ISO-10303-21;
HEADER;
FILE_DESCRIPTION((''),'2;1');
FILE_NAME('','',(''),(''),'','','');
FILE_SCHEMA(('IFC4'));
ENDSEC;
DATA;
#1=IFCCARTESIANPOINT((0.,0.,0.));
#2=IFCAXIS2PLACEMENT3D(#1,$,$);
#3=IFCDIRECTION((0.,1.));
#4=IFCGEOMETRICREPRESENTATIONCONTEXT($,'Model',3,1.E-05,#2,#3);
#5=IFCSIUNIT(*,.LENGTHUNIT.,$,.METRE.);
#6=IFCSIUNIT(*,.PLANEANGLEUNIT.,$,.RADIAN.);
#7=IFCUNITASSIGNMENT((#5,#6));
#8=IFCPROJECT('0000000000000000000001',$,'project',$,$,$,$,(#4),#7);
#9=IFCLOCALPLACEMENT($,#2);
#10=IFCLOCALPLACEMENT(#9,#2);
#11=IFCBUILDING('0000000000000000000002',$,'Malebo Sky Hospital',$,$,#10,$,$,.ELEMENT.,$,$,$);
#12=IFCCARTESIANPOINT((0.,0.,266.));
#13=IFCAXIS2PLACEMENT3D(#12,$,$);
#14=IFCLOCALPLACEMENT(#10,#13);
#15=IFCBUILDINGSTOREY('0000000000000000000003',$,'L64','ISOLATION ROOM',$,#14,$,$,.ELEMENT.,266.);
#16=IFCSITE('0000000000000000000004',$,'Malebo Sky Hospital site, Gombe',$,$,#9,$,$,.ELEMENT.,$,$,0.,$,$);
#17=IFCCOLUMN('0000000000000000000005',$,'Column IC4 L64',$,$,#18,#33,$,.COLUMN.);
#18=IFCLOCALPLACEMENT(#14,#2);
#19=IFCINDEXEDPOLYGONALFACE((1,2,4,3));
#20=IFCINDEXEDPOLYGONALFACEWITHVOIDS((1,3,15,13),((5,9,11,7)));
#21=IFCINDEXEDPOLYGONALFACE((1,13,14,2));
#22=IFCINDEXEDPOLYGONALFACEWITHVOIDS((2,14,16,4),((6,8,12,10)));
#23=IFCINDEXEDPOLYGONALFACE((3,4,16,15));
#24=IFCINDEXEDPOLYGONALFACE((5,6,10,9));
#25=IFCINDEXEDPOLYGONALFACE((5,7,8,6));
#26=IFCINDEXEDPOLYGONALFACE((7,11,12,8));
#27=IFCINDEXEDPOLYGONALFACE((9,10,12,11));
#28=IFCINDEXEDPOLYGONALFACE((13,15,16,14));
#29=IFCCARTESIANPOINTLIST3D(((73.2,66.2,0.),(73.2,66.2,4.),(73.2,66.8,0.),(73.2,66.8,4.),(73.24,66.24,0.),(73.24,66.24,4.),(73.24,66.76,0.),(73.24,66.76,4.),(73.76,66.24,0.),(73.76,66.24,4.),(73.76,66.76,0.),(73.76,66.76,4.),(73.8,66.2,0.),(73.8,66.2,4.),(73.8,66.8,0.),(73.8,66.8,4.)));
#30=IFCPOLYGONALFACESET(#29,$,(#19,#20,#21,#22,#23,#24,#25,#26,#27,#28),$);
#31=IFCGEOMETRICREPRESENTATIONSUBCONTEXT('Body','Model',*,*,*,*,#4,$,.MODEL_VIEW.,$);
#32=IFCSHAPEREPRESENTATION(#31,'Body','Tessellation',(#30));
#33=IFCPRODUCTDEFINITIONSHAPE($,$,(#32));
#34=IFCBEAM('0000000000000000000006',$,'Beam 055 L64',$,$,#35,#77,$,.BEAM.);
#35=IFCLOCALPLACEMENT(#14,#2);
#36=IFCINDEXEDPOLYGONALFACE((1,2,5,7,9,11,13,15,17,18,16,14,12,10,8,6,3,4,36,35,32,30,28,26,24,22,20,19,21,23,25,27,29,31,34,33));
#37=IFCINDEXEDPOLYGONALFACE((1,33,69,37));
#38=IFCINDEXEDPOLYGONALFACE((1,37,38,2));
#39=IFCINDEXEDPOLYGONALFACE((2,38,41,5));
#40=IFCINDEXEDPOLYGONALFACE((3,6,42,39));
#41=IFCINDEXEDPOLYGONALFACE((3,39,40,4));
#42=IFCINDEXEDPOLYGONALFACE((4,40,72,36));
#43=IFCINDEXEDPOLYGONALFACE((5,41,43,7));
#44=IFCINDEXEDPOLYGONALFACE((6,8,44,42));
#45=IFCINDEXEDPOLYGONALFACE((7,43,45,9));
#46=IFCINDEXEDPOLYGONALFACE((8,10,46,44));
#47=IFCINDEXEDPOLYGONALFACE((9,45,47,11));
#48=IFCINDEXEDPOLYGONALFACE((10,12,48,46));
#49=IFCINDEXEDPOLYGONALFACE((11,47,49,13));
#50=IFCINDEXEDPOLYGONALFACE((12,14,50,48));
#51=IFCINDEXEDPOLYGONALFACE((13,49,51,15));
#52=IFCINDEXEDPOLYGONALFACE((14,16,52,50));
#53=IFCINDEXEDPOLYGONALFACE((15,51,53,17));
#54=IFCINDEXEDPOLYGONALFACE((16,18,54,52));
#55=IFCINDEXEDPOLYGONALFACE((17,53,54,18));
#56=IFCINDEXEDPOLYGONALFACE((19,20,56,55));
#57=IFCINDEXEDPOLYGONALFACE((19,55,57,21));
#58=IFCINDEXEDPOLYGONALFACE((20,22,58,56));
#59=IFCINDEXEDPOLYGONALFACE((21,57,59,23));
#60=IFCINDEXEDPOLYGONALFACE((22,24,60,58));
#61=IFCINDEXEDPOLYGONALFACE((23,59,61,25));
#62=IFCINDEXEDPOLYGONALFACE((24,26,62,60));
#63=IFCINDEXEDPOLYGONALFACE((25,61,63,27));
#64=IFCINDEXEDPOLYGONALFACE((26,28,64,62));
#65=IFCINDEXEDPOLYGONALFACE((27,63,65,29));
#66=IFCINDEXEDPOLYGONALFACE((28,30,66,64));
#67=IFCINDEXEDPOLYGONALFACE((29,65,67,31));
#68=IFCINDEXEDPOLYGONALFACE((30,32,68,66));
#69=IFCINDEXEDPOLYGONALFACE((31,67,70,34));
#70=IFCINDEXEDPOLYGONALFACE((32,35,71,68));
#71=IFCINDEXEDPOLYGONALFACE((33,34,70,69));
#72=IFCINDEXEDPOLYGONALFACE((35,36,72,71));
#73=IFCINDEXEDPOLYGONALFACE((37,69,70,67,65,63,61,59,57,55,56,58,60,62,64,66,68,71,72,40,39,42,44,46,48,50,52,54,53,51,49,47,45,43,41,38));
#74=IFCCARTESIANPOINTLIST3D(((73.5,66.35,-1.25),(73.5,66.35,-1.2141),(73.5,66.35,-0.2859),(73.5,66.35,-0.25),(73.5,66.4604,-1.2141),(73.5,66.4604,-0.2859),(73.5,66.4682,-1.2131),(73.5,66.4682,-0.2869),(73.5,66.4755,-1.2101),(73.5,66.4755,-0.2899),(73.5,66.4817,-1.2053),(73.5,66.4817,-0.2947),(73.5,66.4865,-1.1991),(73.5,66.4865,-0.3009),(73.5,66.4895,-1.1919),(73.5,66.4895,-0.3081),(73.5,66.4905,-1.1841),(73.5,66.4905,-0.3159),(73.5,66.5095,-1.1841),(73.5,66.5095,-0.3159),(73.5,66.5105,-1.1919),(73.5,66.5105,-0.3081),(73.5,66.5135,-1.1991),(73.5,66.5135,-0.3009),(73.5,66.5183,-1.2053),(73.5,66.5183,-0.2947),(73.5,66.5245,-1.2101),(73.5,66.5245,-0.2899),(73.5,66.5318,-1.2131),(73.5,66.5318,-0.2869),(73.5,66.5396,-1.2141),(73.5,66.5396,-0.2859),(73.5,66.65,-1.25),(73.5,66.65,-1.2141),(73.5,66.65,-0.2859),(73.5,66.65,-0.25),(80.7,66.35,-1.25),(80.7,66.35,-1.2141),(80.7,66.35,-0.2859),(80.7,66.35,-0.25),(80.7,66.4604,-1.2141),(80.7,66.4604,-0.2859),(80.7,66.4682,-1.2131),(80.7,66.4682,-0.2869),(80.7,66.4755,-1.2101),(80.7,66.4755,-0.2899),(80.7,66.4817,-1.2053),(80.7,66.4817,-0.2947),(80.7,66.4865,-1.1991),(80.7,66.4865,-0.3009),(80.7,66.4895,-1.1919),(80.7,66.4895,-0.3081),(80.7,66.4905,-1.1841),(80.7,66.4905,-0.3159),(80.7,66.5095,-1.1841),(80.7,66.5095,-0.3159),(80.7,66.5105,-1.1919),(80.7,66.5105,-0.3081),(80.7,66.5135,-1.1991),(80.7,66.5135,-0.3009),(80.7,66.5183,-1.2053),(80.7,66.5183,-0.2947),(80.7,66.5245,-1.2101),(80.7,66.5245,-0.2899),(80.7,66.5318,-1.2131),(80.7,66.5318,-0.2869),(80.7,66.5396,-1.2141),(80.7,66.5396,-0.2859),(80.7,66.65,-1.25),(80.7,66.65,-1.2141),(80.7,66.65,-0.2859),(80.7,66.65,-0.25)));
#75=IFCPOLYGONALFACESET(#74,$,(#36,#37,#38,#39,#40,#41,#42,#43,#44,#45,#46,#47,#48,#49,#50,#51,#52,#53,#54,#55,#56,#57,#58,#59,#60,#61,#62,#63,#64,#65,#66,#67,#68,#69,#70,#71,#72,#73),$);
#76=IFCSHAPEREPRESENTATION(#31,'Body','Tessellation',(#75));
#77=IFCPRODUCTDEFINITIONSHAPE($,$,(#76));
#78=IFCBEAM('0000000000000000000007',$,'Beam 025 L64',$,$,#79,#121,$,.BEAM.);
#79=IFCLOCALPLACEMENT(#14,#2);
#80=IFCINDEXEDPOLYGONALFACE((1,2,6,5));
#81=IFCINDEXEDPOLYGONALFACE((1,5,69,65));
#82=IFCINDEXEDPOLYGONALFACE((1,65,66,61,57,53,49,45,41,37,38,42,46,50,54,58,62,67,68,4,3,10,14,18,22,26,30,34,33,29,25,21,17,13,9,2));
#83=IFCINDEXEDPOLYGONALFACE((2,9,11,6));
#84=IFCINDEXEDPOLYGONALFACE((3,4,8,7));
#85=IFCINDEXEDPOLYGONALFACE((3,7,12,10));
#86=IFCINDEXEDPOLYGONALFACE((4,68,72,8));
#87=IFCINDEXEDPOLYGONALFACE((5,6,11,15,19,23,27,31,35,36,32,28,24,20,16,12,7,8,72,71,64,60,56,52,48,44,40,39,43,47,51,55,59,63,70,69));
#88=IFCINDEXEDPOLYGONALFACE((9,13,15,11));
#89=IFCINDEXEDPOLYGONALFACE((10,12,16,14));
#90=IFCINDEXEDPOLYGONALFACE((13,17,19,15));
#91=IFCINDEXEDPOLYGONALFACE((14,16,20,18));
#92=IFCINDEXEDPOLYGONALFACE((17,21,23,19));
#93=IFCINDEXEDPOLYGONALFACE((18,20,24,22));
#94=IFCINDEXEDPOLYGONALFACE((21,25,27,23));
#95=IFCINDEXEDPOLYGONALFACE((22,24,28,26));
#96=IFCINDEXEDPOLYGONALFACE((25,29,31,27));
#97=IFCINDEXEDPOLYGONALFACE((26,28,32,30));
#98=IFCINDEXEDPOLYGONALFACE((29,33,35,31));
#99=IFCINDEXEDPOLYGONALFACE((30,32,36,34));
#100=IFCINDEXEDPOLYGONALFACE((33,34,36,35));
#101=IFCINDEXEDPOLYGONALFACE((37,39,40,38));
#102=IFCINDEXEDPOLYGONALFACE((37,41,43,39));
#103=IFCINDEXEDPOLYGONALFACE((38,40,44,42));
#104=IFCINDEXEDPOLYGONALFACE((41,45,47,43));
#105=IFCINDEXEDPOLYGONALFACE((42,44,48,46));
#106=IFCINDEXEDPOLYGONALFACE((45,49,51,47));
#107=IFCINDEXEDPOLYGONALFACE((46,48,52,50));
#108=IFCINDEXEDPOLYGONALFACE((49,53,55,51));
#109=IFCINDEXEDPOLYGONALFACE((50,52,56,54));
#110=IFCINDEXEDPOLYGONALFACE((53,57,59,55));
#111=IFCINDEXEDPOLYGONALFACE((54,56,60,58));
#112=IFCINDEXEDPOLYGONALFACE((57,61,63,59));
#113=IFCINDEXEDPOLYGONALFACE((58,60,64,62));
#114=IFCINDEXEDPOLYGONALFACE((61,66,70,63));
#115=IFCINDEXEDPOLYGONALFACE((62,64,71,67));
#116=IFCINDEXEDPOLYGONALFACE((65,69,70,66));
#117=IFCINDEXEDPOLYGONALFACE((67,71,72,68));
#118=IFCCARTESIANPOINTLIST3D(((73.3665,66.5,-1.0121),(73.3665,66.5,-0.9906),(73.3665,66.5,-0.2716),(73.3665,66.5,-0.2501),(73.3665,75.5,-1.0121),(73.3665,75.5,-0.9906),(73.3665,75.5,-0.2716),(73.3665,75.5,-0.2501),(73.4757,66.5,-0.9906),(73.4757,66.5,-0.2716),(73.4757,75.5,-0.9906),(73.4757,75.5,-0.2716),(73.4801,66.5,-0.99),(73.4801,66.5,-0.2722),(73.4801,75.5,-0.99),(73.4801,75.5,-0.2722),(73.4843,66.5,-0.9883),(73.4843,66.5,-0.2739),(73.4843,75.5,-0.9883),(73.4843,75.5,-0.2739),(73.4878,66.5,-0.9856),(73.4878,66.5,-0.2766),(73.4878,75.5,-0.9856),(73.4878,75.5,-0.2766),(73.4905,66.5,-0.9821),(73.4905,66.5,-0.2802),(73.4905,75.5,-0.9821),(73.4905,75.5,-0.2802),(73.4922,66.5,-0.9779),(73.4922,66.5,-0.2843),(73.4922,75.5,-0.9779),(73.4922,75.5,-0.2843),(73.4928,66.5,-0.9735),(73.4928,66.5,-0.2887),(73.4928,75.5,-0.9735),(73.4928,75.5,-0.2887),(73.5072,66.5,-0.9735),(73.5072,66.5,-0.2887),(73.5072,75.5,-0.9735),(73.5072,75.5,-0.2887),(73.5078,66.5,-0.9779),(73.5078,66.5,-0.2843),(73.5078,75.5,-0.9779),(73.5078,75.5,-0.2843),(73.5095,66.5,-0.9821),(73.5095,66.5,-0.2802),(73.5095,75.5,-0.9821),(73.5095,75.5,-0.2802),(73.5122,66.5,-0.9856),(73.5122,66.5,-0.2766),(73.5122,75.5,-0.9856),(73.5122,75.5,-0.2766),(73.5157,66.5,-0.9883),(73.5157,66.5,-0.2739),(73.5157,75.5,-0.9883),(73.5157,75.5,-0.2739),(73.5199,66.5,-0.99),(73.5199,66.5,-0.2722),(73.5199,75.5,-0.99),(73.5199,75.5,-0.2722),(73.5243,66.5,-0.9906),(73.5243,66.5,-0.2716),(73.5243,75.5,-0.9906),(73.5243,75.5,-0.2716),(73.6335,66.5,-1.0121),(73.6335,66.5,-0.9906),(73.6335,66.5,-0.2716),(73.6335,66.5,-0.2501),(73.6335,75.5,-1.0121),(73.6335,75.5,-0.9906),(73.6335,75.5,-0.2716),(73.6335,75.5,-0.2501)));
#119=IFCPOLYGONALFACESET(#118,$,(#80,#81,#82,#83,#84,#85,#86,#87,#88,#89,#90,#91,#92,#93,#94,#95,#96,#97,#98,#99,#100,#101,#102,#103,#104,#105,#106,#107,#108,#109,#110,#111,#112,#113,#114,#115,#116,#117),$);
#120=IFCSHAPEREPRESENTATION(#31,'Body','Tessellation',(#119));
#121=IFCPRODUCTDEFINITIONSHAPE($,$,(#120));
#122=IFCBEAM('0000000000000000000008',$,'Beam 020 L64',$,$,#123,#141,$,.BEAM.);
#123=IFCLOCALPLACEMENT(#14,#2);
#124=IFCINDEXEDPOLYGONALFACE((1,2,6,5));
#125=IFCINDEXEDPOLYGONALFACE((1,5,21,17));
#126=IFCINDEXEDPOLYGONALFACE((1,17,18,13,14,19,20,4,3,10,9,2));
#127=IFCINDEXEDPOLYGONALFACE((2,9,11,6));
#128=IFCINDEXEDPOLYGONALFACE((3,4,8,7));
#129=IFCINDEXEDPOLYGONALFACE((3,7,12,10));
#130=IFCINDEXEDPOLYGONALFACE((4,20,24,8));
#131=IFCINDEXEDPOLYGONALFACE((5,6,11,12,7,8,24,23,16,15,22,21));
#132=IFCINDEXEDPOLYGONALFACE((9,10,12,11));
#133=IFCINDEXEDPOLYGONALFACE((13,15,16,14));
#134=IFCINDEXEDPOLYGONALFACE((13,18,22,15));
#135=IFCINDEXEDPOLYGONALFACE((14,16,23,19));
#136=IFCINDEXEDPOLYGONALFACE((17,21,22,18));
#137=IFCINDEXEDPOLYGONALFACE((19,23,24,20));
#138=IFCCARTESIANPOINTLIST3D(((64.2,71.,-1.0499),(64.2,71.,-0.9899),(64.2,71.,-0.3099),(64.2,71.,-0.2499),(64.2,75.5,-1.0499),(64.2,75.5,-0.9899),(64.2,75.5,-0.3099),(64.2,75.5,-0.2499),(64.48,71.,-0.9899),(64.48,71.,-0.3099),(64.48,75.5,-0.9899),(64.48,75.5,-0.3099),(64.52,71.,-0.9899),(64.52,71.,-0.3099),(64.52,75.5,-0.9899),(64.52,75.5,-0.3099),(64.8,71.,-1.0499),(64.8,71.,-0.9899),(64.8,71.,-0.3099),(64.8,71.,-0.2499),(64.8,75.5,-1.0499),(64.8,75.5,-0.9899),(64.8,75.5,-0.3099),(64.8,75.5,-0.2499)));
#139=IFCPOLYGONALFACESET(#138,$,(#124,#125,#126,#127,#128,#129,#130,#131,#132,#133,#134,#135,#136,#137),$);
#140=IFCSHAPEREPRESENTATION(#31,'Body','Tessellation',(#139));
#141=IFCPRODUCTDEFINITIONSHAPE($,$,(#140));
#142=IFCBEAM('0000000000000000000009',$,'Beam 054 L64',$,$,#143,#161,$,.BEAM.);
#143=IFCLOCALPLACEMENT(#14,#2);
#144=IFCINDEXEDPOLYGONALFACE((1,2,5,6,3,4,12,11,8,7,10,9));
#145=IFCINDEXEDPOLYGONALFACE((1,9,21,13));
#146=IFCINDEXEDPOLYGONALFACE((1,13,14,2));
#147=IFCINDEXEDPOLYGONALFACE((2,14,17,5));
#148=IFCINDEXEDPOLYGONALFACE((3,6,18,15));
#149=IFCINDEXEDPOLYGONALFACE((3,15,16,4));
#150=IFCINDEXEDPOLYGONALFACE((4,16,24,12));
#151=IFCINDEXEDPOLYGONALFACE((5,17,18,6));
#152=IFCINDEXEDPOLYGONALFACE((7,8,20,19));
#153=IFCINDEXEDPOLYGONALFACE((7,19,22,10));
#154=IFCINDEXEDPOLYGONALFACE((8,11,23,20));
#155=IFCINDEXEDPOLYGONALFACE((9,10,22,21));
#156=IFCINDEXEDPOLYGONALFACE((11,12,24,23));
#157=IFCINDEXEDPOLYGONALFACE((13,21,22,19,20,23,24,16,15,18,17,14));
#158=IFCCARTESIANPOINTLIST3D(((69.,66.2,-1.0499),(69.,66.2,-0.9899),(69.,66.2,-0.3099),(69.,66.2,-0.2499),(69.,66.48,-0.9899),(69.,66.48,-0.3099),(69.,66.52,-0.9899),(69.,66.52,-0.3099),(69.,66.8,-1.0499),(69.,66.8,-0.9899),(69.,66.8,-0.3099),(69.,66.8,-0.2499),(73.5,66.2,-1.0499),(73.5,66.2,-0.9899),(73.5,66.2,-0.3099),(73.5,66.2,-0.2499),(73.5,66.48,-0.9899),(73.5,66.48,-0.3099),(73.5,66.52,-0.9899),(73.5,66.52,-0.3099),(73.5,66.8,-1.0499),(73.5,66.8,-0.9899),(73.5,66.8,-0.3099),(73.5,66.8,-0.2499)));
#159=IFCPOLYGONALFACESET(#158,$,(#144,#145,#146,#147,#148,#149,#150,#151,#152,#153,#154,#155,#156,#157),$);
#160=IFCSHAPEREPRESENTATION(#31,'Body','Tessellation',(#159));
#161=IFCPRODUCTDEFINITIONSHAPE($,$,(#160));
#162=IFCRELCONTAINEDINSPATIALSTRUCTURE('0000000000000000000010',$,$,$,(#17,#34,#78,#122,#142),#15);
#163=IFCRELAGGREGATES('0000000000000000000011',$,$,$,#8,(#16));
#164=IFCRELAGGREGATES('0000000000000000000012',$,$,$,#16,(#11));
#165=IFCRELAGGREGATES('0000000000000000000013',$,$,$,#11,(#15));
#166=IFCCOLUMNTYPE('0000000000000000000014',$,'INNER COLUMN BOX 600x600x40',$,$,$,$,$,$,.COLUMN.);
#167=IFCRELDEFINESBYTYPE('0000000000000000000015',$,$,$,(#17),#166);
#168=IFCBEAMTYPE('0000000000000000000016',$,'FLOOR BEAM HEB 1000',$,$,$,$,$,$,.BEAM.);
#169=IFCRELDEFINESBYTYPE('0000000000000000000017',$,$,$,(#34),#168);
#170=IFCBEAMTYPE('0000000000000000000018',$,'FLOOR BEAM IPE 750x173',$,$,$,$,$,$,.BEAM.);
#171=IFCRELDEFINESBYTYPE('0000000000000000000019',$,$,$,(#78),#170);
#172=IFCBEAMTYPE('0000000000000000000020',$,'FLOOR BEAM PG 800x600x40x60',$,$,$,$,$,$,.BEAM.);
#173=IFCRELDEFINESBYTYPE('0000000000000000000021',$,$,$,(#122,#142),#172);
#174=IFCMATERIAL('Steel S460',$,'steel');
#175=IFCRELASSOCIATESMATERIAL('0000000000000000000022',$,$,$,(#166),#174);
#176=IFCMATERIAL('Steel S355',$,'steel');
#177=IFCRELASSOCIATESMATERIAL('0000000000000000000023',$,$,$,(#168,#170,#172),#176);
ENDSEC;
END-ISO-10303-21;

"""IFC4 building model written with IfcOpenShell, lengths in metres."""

from ifc_helpers import new_model, si_unit, direction, frame, origin, origin_2d, place, context, subcontext, project, spatial, hollow_rectangle, i_section, extrude, material, material_profile, profile_set, type_object, element, save


model = new_model("IFC4")

# Units and contexts
model_context = context("Model", 3, precision=1e-05, world=origin(), true_north=direction((0.0, 1.0)))
body_context = subcontext(model_context, "Body", "Model", "MODEL_VIEW")
ifc_project = project(units=[si_unit("LENGTHUNIT", "METRE"), si_unit("PLANEANGLEUNIT", "RADIAN")], contexts=[model_context])

# Site, building, storey
site_placement = place(None, origin())
site = spatial("IfcSite", under=ifc_project, at=site_placement, Name="Malebo Sky Hospital site, Gombe", CompositionType="ELEMENT", RefElevation=0.0)
building_placement = place(site_placement, origin())
building = spatial("IfcBuilding", under=site, at=building_placement, Name="Malebo Sky Hospital", CompositionType="ELEMENT")
storey_placement = place(building_placement, frame((0.0, 0.0, 266.0)))
storey = spatial("IfcBuildingStorey", under=building, at=storey_placement, Name="L64", Description="ISOLATION ROOM", CompositionType="ELEMENT", Elevation=266.0)

# Column
ifc_material_1 = material(Name="Steel S460", Category="steel")
ifc_material_profile_1 = material_profile(ifc_material_1, hollow_rectangle(XDim=0.6001, YDim=0.6001, WallThickness=0.04, at=origin_2d()), Name="BOX 600x600x40")
ifc_profile_set_1 = profile_set([ifc_material_profile_1], Name="Steel S460")
column_type = type_object("IfcColumnType", Name="INNER COLUMN BOX 600x600x40", PredefinedType="COLUMN", material=ifc_profile_set_1)
column_placement = place(storey_placement, frame((73.5, 66.5, 0.0), z_axis=(0.0, 0.0, 1.0), x_axis=(1.0, 0.0, 0.0)))
element("IfcColumn", 1, at=column_placement, inside=storey, type_object=column_type, Name="Column IC4 L64", PredefinedType="COLUMN", context=body_context, shape_type="SweptSolid", body=[
    extrude(hollow_rectangle(XDim=0.6001, YDim=0.6001, WallThickness=0.04, at=origin_2d()), origin(), (0.0, 0.0, 1.0), 4.0),
])

# Beams
ifc_material_2 = material(Name="Steel S355", Category="steel")
ifc_material_profile_2 = material_profile(ifc_material_2, i_section(OverallWidth=0.3, OverallDepth=1.0, WebThickness=0.019, FlangeThickness=0.0359, FilletRadius=0.03, at=origin_2d()), Name="HEB 1000")
ifc_profile_set_2 = profile_set([ifc_material_profile_2], Name="Steel S355")
beam_type_1 = type_object("IfcBeamType", Name="FLOOR BEAM HEB 1000", PredefinedType="BEAM", material=ifc_profile_set_2)
beam_1_placement = place(storey_placement, frame((73.5, 66.5, -0.75), z_axis=(1.0, 0.0, 0.0), x_axis=(0.0, 1.0, 0.0)))
element("IfcBeam", 2, at=beam_1_placement, inside=storey, type_object=beam_type_1, Name="Beam 055 L64", PredefinedType="BEAM", context=body_context, shape_type="SweptSolid", body=[
    extrude(i_section(OverallWidth=0.3, OverallDepth=1.0, WebThickness=0.019, FlangeThickness=0.0359, FilletRadius=0.03, at=origin_2d()), origin(), (0.0, 0.0, 1.0), 7.2),
])
ifc_material_profile_3 = material_profile(ifc_material_2, i_section(OverallWidth=0.2671, OverallDepth=0.762, WebThickness=0.0144, FlangeThickness=0.0215, FilletRadius=0.0171, at=origin_2d()), Name="IPE 750x173")
ifc_profile_set_3 = profile_set([ifc_material_profile_3], Name="Steel S355")
beam_type_2 = type_object("IfcBeamType", Name="FLOOR BEAM IPE 750x173", PredefinedType="BEAM", material=ifc_profile_set_3)
beam_2_placement = place(storey_placement, frame((73.5, 66.5, -0.6311), z_axis=(0.0, 1.0, 0.0), x_axis=(-1.0, 0.0, 0.0)))
element("IfcBeam", 3, at=beam_2_placement, inside=storey, type_object=beam_type_2, Name="Beam 025 L64", PredefinedType="BEAM", context=body_context, shape_type="SweptSolid", body=[
    extrude(i_section(OverallWidth=0.2671, OverallDepth=0.762, WebThickness=0.0144, FlangeThickness=0.0215, FilletRadius=0.0171, at=origin_2d()), origin(), (0.0, 0.0, 1.0), 9.0),
])
ifc_material_profile_4 = material_profile(ifc_material_2, i_section(OverallWidth=0.6001, OverallDepth=0.8, WebThickness=0.04, FlangeThickness=0.0601, at=origin_2d()), Name="PG 800x600x40x60")
ifc_profile_set_4 = profile_set([ifc_material_profile_4], Name="Steel S355")
beam_type_3 = type_object("IfcBeamType", Name="FLOOR BEAM PG 800x600x40x60", PredefinedType="BEAM", material=ifc_profile_set_4)
for number, where, z_axis, x_axis, name in (
    (4, (64.5, 71.0, -0.6499), (0.0, 1.0, 0.0), (-1.0, 0.0, 0.0), "Beam 020 L64"),
    (5, (69.0, 66.5, -0.6499), (1.0, 0.0, 0.0), (0.0, 1.0, 0.0), "Beam 054 L64"),
):
    element("IfcBeam", number, at=place(storey_placement, frame(where, z_axis=z_axis, x_axis=x_axis)), inside=storey, type_object=beam_type_3, Name=name, PredefinedType="BEAM", context=body_context, shape_type="SweptSolid", body=[
        extrude(i_section(OverallWidth=0.6001, OverallDepth=0.8, WebThickness=0.04, FlangeThickness=0.0601, at=origin_2d()), origin(), (0.0, 0.0, 1.0), 4.5),
    ])

save(model, "model.ifc")
